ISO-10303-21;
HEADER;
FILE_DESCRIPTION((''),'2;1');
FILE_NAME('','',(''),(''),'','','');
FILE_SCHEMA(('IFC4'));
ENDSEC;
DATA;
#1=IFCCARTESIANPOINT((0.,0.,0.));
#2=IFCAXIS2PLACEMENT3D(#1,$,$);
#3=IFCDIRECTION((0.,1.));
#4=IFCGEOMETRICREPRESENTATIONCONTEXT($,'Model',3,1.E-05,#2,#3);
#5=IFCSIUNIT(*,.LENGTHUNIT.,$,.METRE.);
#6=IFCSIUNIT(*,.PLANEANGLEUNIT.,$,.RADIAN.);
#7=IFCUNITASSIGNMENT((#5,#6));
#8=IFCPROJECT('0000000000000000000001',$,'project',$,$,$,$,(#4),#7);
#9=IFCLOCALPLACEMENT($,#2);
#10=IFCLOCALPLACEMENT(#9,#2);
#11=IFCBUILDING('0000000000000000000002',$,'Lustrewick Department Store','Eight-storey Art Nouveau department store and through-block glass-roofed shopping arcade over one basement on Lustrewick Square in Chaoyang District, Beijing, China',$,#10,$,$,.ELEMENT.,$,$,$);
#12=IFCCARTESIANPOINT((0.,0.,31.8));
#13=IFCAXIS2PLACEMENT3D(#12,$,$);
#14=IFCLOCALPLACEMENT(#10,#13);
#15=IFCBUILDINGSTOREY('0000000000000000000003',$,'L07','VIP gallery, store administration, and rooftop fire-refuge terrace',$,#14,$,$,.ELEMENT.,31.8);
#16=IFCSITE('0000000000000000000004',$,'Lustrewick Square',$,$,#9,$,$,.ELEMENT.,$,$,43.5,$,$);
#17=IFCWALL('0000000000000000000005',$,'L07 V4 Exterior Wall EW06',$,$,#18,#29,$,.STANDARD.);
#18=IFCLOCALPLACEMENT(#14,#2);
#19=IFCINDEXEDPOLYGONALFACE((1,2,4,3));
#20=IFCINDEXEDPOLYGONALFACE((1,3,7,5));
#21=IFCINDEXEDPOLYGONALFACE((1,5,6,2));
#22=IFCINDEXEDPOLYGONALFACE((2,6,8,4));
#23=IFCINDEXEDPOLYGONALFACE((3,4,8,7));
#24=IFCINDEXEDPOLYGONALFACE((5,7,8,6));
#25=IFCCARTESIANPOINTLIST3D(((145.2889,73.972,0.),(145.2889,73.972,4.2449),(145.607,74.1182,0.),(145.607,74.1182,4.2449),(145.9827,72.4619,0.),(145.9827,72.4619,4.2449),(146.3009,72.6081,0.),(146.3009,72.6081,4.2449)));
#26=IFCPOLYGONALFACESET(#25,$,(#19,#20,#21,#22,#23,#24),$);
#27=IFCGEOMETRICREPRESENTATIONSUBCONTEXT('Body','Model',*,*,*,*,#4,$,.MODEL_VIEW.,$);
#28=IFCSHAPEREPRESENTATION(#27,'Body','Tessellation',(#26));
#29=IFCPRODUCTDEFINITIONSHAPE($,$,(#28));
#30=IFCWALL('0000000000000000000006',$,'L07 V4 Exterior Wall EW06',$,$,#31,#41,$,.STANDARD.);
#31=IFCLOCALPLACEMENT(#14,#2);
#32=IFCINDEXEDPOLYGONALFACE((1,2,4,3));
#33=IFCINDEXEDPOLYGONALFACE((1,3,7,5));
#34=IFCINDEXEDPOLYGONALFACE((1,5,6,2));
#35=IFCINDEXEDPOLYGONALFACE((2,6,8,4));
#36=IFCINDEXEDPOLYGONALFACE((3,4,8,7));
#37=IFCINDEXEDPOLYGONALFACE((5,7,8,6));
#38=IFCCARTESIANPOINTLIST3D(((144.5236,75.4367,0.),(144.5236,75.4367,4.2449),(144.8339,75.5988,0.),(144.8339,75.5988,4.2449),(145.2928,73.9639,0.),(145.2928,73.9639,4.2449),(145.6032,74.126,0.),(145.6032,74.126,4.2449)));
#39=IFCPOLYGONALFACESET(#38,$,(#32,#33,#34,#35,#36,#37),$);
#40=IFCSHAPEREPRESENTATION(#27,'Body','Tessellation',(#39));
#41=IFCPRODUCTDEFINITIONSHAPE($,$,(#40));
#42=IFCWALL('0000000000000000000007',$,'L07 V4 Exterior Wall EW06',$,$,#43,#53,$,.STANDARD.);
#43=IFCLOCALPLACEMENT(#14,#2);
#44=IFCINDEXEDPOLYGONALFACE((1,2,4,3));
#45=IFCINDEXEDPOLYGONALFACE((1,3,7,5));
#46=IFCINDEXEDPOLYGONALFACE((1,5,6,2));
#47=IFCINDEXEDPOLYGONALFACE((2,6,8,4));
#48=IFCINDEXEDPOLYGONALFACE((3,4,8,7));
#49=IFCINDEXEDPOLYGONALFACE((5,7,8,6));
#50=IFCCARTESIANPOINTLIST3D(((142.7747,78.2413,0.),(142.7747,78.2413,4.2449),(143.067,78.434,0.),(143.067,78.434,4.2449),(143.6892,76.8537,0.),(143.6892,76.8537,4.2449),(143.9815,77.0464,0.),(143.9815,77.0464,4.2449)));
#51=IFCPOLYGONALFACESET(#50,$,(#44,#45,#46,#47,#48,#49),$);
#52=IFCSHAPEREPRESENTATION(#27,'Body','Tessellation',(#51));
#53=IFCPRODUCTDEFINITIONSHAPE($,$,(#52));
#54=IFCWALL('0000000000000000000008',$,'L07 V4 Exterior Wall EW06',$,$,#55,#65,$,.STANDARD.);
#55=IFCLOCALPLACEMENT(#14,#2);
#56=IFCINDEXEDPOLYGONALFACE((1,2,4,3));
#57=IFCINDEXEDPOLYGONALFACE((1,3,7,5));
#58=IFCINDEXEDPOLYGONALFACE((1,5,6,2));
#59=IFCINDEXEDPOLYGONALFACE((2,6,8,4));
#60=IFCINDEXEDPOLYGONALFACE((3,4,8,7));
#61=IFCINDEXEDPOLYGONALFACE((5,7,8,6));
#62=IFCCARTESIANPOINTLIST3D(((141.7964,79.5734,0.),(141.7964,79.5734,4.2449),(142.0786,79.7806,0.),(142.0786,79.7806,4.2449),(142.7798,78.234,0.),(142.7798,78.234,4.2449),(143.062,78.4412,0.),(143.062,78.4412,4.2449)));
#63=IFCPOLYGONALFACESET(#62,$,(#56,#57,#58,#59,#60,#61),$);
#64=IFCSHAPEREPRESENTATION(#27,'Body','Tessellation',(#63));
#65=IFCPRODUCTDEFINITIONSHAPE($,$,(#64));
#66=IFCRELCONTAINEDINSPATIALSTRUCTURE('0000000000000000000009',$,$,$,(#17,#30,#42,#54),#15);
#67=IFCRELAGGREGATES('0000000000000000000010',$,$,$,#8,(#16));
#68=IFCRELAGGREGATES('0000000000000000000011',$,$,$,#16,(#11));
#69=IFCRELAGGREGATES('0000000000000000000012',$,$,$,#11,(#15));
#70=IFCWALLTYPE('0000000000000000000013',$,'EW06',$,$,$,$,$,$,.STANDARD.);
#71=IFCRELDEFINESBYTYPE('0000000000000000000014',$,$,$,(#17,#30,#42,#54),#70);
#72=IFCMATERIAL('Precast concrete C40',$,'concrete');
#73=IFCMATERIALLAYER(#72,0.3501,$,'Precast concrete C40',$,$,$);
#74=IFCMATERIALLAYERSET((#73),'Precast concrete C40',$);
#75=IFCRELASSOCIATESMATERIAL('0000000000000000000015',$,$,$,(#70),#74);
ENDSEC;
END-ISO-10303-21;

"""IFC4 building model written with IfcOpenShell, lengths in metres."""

from ifc_helpers import new_model, si_unit, direction, frame, frame_2d, origin, place, context, subcontext, project, spatial, rectangle, extrude, material, layer, layer_set, type_object, element, save


model = new_model("IFC4")

# Units and contexts
model_context = context("Model", 3, precision=1e-05, world=origin(), true_north=direction((0.0, 1.0)))
body_context = subcontext(model_context, "Body", "Model", "MODEL_VIEW")
ifc_project = project(units=[si_unit("LENGTHUNIT", "METRE"), si_unit("PLANEANGLEUNIT", "RADIAN")], contexts=[model_context])

# Site, building, storey
site_placement = place(None, origin())
site = spatial("IfcSite", under=ifc_project, at=site_placement, Name="Lustrewick Square", CompositionType="ELEMENT", RefElevation=43.5)
building_placement = place(site_placement, origin())
building = spatial("IfcBuilding", under=site, at=building_placement, Name="Lustrewick Department Store", Description="Eight-storey Art Nouveau department store and through-block glass-roofed shopping arcade over one basement on Lustrewick Square in Chaoyang District, Beijing, China", CompositionType="ELEMENT")
storey_placement = place(building_placement, frame((0.0, 0.0, 31.8)))
storey = spatial("IfcBuildingStorey", under=building, at=storey_placement, Name="L07", Description="VIP gallery, store administration, and rooftop fire-refuge terrace", CompositionType="ELEMENT", Elevation=31.8)

# Walls
ifc_material_1 = material(Name="Precast concrete C40", Category="concrete")
ifc_layer_1 = layer(ifc_material_1, 0.3501, Name="Precast concrete C40")
ifc_layer_set_1 = layer_set([ifc_layer_1], Name="Precast concrete C40")
wall_type = type_object("IfcWallType", Name="EW06", PredefinedType="STANDARD", material=ifc_layer_set_1)
for number, where, z_axis, x_axis, name in (
    (1, (146.1418, 72.5349, 0.0), (0.0, 0.0, 1.0), (-0.41753, 0.908663, 0.0), "L07 V4 Exterior Wall EW06"),
):
    element("IfcWall", number, at=place(storey_placement, frame(where, z_axis=z_axis, x_axis=x_axis)), inside=storey, type_object=wall_type, Name=name, PredefinedType="STANDARD", context=body_context, shape_type="SweptSolid", body=[
        extrude(rectangle(XDim=1.6619, YDim=0.3501, at=frame_2d((0.8311, 0.0))), origin(), (0.0, 0.0, 1.0), 4.2449),
    ])
wall_1_placement = place(storey_placement, frame((145.448, 74.0449, 0.0), z_axis=(0.0, 0.0, 1.0), x_axis=(-0.462953, 0.886383, 0.0)))
element("IfcWall", 2, at=wall_1_placement, inside=storey, type_object=wall_type, Name="L07 V4 Exterior Wall EW06", PredefinedType="STANDARD", context=body_context, shape_type="SweptSolid", body=[
    extrude(rectangle(XDim=1.6616, YDim=0.3501, at=frame_2d((0.8308, 0.0))), origin(), (0.0, 0.0, 1.0), 4.2449),
])
wall_2_placement = place(storey_placement, frame((143.8354, 76.95, 0.0), z_axis=(0.0, 0.0, 1.0), x_axis=(-0.550285, 0.834977, 0.0)))
element("IfcWall", 3, at=wall_2_placement, inside=storey, type_object=wall_type, Name="L07 V4 Exterior Wall EW06", PredefinedType="STANDARD", context=body_context, shape_type="SweptSolid", body=[
    extrude(rectangle(XDim=1.6619, YDim=0.3501, at=frame_2d((0.8311, 0.0))), origin(), (0.0, 0.0, 1.0), 4.2449),
])
wall_3_placement = place(storey_placement, frame((142.9209, 78.3376, 0.0), z_axis=(0.0, 0.0, 1.0), x_axis=(-0.591835, 0.806059, 0.0)))
element("IfcWall", 4, at=wall_3_placement, inside=storey, type_object=wall_type, Name="L07 V4 Exterior Wall EW06", PredefinedType="STANDARD", context=body_context, shape_type="SweptSolid", body=[
    extrude(rectangle(XDim=1.6616, YDim=0.3501, at=frame_2d((0.8308, 0.0))), origin(), (0.0, 0.0, 1.0), 4.2449),
])

save(model, "model.ifc")
